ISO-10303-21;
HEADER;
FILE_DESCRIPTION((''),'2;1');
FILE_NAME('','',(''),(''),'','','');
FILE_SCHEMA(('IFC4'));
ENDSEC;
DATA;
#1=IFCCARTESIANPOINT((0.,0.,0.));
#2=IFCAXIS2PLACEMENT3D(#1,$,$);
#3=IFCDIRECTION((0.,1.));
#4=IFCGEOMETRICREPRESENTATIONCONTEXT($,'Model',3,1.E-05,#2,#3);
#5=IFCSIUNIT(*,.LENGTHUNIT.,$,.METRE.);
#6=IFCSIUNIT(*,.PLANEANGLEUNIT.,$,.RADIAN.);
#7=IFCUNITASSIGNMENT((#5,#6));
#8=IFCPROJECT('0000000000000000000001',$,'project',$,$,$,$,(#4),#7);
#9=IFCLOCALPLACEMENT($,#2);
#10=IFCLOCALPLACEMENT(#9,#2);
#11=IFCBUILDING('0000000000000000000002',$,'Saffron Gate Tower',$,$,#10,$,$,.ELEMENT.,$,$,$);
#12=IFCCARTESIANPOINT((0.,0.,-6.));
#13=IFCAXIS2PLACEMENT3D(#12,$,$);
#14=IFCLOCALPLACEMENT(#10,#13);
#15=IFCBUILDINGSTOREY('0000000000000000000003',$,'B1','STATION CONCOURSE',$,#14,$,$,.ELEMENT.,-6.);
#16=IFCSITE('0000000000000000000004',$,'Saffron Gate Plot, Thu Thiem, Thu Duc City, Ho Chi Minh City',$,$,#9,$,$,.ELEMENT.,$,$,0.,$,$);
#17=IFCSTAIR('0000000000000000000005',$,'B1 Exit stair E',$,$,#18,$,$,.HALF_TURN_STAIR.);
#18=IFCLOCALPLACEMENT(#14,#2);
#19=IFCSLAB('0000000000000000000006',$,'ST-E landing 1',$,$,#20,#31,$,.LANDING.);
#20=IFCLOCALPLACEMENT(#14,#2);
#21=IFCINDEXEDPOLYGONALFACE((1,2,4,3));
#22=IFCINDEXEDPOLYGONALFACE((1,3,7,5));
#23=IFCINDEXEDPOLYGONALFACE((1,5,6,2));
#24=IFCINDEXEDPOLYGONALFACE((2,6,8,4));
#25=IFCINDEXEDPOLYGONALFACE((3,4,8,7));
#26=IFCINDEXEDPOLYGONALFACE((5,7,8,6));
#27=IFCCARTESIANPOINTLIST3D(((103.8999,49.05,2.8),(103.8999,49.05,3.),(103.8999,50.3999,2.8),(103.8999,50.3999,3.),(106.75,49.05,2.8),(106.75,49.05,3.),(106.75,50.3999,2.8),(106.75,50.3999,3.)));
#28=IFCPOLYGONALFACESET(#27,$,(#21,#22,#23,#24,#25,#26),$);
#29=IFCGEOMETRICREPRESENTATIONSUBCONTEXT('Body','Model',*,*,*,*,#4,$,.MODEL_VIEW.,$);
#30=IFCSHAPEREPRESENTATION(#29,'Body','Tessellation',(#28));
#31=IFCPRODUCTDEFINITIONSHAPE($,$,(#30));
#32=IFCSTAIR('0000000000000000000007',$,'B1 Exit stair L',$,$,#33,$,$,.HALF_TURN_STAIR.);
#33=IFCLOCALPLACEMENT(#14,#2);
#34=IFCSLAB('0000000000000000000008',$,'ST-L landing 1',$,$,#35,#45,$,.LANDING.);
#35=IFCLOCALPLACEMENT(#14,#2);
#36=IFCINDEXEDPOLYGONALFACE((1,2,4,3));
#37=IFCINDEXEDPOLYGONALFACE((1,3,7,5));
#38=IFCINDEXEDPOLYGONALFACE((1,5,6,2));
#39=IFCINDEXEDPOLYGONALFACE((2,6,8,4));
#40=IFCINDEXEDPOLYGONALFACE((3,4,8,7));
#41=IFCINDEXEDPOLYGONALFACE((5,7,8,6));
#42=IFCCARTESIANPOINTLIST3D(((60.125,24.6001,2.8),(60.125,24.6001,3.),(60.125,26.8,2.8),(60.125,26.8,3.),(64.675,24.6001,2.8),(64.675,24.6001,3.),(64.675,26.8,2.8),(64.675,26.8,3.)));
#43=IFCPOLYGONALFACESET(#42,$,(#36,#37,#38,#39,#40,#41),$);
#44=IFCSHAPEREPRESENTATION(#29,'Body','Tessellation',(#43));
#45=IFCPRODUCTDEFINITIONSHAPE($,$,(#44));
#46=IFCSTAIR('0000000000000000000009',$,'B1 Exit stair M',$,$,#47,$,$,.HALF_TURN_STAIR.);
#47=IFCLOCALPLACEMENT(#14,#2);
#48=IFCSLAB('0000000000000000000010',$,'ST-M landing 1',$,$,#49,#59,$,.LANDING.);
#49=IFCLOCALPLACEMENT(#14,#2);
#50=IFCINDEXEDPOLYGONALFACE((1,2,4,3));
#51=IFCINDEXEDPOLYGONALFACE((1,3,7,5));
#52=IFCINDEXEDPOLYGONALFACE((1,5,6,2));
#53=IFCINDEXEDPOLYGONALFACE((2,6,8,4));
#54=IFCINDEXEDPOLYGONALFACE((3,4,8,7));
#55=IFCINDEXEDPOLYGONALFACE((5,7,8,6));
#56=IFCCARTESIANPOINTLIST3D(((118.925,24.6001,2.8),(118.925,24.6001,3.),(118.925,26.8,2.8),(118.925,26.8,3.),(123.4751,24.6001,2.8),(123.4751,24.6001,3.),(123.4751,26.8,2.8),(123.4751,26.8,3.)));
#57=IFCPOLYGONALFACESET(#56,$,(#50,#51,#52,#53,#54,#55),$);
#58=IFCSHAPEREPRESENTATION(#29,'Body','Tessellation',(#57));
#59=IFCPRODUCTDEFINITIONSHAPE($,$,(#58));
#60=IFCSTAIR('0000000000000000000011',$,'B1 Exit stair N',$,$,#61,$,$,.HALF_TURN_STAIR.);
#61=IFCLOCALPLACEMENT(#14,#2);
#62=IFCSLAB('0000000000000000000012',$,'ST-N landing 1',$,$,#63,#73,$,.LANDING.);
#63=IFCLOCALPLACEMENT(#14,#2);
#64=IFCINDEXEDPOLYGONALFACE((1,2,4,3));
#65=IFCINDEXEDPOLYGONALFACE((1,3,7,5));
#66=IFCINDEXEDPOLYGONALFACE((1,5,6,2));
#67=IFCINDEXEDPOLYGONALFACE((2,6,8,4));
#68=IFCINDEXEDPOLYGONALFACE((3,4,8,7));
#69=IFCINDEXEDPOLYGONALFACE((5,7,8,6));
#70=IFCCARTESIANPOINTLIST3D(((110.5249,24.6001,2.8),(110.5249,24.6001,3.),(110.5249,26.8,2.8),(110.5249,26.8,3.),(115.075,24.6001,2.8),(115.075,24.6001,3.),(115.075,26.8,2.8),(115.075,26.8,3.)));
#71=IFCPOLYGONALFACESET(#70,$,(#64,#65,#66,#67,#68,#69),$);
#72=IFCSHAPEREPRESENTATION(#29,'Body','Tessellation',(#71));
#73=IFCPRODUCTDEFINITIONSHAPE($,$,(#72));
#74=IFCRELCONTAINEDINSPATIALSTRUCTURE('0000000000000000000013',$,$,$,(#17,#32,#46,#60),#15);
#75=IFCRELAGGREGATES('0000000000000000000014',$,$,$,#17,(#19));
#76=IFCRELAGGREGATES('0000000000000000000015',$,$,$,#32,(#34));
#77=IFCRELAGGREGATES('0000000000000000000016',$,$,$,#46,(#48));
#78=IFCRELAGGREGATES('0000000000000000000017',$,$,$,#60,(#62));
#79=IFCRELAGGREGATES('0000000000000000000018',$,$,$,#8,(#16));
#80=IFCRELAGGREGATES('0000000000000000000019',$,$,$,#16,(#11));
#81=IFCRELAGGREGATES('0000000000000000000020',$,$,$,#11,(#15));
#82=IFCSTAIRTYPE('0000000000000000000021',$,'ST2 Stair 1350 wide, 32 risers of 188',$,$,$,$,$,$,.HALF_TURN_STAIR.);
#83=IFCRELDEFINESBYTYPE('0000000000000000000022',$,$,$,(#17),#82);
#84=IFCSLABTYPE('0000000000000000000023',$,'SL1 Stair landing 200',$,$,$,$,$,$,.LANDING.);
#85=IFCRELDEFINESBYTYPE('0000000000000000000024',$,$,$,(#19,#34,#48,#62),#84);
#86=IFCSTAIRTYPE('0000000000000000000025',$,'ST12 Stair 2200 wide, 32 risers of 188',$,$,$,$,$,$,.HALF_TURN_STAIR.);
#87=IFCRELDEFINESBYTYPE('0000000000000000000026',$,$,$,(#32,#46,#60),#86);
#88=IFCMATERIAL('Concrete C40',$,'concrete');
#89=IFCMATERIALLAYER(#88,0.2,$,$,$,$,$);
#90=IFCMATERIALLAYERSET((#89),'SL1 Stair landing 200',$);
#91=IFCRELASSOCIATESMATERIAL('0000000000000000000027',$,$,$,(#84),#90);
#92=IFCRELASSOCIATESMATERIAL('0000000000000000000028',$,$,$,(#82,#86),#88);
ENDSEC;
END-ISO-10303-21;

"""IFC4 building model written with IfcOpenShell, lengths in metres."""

from ifc_helpers import new_model, si_unit, direction, frame, origin, place, context, subcontext, project, spatial, polyline, outline, extrude, material, layer, layer_set, type_object, element, aggregate, save


model = new_model("IFC4")

# Units and contexts
model_context = context("Model", 3, precision=1e-05, world=origin(), true_north=direction((0.0, 1.0)))
body_context = subcontext(model_context, "Body", "Model", "MODEL_VIEW")
ifc_project = project(units=[si_unit("LENGTHUNIT", "METRE"), si_unit("PLANEANGLEUNIT", "RADIAN")], contexts=[model_context])

# Site, building, storey
site_placement = place(None, origin())
site = spatial("IfcSite", under=ifc_project, at=site_placement, Name="Saffron Gate Plot, Thu Thiem, Thu Duc City, Ho Chi Minh City", CompositionType="ELEMENT", RefElevation=0.0)
building_placement = place(site_placement, origin())
building = spatial("IfcBuilding", under=site, at=building_placement, Name="Saffron Gate Tower", CompositionType="ELEMENT")
storey_placement = place(building_placement, frame((0.0, 0.0, -6.0)))
storey = spatial("IfcBuildingStorey", under=building, at=storey_placement, Name="B1", Description="STATION CONCOURSE", CompositionType="ELEMENT", Elevation=-6.0)

# Shared definitions
ifc_material = material(Name="Concrete C40", Category="concrete")

# Stairs, slabs
ifc_layer_1 = layer(ifc_material, 0.2)
ifc_layer_set_1 = layer_set([ifc_layer_1], Name="SL1 Stair landing 200")
slab_type_1 = type_object("IfcSlabType", Name="SL1 Stair landing 200", PredefinedType="LANDING", material=ifc_layer_set_1)
stair_type_1 = type_object("IfcStairType", Name="ST2 Stair 1350 wide, 32 risers of 188", PredefinedType="HALF_TURN_STAIR", material=ifc_material)
stair_1_placement = place(storey_placement, origin())
stair_1 = element("IfcStair", 1, at=stair_1_placement, inside=storey, type_object=stair_type_1, Name="B1 Exit stair E", PredefinedType="HALF_TURN_STAIR")
slab_1_placement = place(storey_placement, frame((0.0, 0.0, 2.8)))
slab_1 = element("IfcSlab", 2, at=slab_1_placement, type_object=slab_type_1, Name="ST-E landing 1", PredefinedType="LANDING", context=body_context, shape_type="SweptSolid", body=[
    extrude(outline(polyline([(106.75, 49.05), (106.75, 50.3999), (103.8999, 50.3999), (103.8999, 49.05), (106.75, 49.05)])), origin(), (0.0, 0.0, 1.0), 0.2),
])
aggregate(stair_1, [slab_1])
stair_type_2 = type_object("IfcStairType", Name="ST12 Stair 2200 wide, 32 risers of 188", PredefinedType="HALF_TURN_STAIR", material=ifc_material)
stair_2_placement = place(storey_placement, origin())
stair_2 = element("IfcStair", 3, at=stair_2_placement, inside=storey, type_object=stair_type_2, Name="B1 Exit stair L", PredefinedType="HALF_TURN_STAIR")
slab_2_placement = place(storey_placement, frame((0.0, 0.0, 2.8)))
slab_2 = element("IfcSlab", 4, at=slab_2_placement, type_object=slab_type_1, Name="ST-L landing 1", PredefinedType="LANDING", context=body_context, shape_type="SweptSolid", body=[
    extrude(outline(polyline([(64.675, 24.6001), (64.675, 26.8), (60.125, 26.8), (60.125, 24.6001), (64.675, 24.6001)])), origin(), (0.0, 0.0, 1.0), 0.2),
])
aggregate(stair_2, [slab_2])
stair_3_placement = place(storey_placement, origin())
stair_3 = element("IfcStair", 5, at=stair_3_placement, inside=storey, type_object=stair_type_2, Name="B1 Exit stair M", PredefinedType="HALF_TURN_STAIR")
slab_3_placement = place(storey_placement, frame((0.0, 0.0, 2.8)))
slab_3 = element("IfcSlab", 6, at=slab_3_placement, type_object=slab_type_1, Name="ST-M landing 1", PredefinedType="LANDING", context=body_context, shape_type="SweptSolid", body=[
    extrude(outline(polyline([(123.4751, 24.6001), (123.4751, 26.8), (118.925, 26.8), (118.925, 24.6001), (123.4751, 24.6001)])), origin(), (0.0, 0.0, 1.0), 0.2),
])
aggregate(stair_3, [slab_3])
stair_4_placement = place(storey_placement, origin())
stair_4 = element("IfcStair", 7, at=stair_4_placement, inside=storey, type_object=stair_type_2, Name="B1 Exit stair N", PredefinedType="HALF_TURN_STAIR")
slab_4_placement = place(storey_placement, frame((0.0, 0.0, 2.8)))
slab_4 = element("IfcSlab", 8, at=slab_4_placement, type_object=slab_type_1, Name="ST-N landing 1", PredefinedType="LANDING", context=body_context, shape_type="SweptSolid", body=[
    extrude(outline(polyline([(115.075, 24.6001), (115.075, 26.8), (110.5249, 26.8), (110.5249, 24.6001), (115.075, 24.6001)])), origin(), (0.0, 0.0, 1.0), 0.2),
])
aggregate(stair_4, [slab_4])

save(model, "model.ifc")
